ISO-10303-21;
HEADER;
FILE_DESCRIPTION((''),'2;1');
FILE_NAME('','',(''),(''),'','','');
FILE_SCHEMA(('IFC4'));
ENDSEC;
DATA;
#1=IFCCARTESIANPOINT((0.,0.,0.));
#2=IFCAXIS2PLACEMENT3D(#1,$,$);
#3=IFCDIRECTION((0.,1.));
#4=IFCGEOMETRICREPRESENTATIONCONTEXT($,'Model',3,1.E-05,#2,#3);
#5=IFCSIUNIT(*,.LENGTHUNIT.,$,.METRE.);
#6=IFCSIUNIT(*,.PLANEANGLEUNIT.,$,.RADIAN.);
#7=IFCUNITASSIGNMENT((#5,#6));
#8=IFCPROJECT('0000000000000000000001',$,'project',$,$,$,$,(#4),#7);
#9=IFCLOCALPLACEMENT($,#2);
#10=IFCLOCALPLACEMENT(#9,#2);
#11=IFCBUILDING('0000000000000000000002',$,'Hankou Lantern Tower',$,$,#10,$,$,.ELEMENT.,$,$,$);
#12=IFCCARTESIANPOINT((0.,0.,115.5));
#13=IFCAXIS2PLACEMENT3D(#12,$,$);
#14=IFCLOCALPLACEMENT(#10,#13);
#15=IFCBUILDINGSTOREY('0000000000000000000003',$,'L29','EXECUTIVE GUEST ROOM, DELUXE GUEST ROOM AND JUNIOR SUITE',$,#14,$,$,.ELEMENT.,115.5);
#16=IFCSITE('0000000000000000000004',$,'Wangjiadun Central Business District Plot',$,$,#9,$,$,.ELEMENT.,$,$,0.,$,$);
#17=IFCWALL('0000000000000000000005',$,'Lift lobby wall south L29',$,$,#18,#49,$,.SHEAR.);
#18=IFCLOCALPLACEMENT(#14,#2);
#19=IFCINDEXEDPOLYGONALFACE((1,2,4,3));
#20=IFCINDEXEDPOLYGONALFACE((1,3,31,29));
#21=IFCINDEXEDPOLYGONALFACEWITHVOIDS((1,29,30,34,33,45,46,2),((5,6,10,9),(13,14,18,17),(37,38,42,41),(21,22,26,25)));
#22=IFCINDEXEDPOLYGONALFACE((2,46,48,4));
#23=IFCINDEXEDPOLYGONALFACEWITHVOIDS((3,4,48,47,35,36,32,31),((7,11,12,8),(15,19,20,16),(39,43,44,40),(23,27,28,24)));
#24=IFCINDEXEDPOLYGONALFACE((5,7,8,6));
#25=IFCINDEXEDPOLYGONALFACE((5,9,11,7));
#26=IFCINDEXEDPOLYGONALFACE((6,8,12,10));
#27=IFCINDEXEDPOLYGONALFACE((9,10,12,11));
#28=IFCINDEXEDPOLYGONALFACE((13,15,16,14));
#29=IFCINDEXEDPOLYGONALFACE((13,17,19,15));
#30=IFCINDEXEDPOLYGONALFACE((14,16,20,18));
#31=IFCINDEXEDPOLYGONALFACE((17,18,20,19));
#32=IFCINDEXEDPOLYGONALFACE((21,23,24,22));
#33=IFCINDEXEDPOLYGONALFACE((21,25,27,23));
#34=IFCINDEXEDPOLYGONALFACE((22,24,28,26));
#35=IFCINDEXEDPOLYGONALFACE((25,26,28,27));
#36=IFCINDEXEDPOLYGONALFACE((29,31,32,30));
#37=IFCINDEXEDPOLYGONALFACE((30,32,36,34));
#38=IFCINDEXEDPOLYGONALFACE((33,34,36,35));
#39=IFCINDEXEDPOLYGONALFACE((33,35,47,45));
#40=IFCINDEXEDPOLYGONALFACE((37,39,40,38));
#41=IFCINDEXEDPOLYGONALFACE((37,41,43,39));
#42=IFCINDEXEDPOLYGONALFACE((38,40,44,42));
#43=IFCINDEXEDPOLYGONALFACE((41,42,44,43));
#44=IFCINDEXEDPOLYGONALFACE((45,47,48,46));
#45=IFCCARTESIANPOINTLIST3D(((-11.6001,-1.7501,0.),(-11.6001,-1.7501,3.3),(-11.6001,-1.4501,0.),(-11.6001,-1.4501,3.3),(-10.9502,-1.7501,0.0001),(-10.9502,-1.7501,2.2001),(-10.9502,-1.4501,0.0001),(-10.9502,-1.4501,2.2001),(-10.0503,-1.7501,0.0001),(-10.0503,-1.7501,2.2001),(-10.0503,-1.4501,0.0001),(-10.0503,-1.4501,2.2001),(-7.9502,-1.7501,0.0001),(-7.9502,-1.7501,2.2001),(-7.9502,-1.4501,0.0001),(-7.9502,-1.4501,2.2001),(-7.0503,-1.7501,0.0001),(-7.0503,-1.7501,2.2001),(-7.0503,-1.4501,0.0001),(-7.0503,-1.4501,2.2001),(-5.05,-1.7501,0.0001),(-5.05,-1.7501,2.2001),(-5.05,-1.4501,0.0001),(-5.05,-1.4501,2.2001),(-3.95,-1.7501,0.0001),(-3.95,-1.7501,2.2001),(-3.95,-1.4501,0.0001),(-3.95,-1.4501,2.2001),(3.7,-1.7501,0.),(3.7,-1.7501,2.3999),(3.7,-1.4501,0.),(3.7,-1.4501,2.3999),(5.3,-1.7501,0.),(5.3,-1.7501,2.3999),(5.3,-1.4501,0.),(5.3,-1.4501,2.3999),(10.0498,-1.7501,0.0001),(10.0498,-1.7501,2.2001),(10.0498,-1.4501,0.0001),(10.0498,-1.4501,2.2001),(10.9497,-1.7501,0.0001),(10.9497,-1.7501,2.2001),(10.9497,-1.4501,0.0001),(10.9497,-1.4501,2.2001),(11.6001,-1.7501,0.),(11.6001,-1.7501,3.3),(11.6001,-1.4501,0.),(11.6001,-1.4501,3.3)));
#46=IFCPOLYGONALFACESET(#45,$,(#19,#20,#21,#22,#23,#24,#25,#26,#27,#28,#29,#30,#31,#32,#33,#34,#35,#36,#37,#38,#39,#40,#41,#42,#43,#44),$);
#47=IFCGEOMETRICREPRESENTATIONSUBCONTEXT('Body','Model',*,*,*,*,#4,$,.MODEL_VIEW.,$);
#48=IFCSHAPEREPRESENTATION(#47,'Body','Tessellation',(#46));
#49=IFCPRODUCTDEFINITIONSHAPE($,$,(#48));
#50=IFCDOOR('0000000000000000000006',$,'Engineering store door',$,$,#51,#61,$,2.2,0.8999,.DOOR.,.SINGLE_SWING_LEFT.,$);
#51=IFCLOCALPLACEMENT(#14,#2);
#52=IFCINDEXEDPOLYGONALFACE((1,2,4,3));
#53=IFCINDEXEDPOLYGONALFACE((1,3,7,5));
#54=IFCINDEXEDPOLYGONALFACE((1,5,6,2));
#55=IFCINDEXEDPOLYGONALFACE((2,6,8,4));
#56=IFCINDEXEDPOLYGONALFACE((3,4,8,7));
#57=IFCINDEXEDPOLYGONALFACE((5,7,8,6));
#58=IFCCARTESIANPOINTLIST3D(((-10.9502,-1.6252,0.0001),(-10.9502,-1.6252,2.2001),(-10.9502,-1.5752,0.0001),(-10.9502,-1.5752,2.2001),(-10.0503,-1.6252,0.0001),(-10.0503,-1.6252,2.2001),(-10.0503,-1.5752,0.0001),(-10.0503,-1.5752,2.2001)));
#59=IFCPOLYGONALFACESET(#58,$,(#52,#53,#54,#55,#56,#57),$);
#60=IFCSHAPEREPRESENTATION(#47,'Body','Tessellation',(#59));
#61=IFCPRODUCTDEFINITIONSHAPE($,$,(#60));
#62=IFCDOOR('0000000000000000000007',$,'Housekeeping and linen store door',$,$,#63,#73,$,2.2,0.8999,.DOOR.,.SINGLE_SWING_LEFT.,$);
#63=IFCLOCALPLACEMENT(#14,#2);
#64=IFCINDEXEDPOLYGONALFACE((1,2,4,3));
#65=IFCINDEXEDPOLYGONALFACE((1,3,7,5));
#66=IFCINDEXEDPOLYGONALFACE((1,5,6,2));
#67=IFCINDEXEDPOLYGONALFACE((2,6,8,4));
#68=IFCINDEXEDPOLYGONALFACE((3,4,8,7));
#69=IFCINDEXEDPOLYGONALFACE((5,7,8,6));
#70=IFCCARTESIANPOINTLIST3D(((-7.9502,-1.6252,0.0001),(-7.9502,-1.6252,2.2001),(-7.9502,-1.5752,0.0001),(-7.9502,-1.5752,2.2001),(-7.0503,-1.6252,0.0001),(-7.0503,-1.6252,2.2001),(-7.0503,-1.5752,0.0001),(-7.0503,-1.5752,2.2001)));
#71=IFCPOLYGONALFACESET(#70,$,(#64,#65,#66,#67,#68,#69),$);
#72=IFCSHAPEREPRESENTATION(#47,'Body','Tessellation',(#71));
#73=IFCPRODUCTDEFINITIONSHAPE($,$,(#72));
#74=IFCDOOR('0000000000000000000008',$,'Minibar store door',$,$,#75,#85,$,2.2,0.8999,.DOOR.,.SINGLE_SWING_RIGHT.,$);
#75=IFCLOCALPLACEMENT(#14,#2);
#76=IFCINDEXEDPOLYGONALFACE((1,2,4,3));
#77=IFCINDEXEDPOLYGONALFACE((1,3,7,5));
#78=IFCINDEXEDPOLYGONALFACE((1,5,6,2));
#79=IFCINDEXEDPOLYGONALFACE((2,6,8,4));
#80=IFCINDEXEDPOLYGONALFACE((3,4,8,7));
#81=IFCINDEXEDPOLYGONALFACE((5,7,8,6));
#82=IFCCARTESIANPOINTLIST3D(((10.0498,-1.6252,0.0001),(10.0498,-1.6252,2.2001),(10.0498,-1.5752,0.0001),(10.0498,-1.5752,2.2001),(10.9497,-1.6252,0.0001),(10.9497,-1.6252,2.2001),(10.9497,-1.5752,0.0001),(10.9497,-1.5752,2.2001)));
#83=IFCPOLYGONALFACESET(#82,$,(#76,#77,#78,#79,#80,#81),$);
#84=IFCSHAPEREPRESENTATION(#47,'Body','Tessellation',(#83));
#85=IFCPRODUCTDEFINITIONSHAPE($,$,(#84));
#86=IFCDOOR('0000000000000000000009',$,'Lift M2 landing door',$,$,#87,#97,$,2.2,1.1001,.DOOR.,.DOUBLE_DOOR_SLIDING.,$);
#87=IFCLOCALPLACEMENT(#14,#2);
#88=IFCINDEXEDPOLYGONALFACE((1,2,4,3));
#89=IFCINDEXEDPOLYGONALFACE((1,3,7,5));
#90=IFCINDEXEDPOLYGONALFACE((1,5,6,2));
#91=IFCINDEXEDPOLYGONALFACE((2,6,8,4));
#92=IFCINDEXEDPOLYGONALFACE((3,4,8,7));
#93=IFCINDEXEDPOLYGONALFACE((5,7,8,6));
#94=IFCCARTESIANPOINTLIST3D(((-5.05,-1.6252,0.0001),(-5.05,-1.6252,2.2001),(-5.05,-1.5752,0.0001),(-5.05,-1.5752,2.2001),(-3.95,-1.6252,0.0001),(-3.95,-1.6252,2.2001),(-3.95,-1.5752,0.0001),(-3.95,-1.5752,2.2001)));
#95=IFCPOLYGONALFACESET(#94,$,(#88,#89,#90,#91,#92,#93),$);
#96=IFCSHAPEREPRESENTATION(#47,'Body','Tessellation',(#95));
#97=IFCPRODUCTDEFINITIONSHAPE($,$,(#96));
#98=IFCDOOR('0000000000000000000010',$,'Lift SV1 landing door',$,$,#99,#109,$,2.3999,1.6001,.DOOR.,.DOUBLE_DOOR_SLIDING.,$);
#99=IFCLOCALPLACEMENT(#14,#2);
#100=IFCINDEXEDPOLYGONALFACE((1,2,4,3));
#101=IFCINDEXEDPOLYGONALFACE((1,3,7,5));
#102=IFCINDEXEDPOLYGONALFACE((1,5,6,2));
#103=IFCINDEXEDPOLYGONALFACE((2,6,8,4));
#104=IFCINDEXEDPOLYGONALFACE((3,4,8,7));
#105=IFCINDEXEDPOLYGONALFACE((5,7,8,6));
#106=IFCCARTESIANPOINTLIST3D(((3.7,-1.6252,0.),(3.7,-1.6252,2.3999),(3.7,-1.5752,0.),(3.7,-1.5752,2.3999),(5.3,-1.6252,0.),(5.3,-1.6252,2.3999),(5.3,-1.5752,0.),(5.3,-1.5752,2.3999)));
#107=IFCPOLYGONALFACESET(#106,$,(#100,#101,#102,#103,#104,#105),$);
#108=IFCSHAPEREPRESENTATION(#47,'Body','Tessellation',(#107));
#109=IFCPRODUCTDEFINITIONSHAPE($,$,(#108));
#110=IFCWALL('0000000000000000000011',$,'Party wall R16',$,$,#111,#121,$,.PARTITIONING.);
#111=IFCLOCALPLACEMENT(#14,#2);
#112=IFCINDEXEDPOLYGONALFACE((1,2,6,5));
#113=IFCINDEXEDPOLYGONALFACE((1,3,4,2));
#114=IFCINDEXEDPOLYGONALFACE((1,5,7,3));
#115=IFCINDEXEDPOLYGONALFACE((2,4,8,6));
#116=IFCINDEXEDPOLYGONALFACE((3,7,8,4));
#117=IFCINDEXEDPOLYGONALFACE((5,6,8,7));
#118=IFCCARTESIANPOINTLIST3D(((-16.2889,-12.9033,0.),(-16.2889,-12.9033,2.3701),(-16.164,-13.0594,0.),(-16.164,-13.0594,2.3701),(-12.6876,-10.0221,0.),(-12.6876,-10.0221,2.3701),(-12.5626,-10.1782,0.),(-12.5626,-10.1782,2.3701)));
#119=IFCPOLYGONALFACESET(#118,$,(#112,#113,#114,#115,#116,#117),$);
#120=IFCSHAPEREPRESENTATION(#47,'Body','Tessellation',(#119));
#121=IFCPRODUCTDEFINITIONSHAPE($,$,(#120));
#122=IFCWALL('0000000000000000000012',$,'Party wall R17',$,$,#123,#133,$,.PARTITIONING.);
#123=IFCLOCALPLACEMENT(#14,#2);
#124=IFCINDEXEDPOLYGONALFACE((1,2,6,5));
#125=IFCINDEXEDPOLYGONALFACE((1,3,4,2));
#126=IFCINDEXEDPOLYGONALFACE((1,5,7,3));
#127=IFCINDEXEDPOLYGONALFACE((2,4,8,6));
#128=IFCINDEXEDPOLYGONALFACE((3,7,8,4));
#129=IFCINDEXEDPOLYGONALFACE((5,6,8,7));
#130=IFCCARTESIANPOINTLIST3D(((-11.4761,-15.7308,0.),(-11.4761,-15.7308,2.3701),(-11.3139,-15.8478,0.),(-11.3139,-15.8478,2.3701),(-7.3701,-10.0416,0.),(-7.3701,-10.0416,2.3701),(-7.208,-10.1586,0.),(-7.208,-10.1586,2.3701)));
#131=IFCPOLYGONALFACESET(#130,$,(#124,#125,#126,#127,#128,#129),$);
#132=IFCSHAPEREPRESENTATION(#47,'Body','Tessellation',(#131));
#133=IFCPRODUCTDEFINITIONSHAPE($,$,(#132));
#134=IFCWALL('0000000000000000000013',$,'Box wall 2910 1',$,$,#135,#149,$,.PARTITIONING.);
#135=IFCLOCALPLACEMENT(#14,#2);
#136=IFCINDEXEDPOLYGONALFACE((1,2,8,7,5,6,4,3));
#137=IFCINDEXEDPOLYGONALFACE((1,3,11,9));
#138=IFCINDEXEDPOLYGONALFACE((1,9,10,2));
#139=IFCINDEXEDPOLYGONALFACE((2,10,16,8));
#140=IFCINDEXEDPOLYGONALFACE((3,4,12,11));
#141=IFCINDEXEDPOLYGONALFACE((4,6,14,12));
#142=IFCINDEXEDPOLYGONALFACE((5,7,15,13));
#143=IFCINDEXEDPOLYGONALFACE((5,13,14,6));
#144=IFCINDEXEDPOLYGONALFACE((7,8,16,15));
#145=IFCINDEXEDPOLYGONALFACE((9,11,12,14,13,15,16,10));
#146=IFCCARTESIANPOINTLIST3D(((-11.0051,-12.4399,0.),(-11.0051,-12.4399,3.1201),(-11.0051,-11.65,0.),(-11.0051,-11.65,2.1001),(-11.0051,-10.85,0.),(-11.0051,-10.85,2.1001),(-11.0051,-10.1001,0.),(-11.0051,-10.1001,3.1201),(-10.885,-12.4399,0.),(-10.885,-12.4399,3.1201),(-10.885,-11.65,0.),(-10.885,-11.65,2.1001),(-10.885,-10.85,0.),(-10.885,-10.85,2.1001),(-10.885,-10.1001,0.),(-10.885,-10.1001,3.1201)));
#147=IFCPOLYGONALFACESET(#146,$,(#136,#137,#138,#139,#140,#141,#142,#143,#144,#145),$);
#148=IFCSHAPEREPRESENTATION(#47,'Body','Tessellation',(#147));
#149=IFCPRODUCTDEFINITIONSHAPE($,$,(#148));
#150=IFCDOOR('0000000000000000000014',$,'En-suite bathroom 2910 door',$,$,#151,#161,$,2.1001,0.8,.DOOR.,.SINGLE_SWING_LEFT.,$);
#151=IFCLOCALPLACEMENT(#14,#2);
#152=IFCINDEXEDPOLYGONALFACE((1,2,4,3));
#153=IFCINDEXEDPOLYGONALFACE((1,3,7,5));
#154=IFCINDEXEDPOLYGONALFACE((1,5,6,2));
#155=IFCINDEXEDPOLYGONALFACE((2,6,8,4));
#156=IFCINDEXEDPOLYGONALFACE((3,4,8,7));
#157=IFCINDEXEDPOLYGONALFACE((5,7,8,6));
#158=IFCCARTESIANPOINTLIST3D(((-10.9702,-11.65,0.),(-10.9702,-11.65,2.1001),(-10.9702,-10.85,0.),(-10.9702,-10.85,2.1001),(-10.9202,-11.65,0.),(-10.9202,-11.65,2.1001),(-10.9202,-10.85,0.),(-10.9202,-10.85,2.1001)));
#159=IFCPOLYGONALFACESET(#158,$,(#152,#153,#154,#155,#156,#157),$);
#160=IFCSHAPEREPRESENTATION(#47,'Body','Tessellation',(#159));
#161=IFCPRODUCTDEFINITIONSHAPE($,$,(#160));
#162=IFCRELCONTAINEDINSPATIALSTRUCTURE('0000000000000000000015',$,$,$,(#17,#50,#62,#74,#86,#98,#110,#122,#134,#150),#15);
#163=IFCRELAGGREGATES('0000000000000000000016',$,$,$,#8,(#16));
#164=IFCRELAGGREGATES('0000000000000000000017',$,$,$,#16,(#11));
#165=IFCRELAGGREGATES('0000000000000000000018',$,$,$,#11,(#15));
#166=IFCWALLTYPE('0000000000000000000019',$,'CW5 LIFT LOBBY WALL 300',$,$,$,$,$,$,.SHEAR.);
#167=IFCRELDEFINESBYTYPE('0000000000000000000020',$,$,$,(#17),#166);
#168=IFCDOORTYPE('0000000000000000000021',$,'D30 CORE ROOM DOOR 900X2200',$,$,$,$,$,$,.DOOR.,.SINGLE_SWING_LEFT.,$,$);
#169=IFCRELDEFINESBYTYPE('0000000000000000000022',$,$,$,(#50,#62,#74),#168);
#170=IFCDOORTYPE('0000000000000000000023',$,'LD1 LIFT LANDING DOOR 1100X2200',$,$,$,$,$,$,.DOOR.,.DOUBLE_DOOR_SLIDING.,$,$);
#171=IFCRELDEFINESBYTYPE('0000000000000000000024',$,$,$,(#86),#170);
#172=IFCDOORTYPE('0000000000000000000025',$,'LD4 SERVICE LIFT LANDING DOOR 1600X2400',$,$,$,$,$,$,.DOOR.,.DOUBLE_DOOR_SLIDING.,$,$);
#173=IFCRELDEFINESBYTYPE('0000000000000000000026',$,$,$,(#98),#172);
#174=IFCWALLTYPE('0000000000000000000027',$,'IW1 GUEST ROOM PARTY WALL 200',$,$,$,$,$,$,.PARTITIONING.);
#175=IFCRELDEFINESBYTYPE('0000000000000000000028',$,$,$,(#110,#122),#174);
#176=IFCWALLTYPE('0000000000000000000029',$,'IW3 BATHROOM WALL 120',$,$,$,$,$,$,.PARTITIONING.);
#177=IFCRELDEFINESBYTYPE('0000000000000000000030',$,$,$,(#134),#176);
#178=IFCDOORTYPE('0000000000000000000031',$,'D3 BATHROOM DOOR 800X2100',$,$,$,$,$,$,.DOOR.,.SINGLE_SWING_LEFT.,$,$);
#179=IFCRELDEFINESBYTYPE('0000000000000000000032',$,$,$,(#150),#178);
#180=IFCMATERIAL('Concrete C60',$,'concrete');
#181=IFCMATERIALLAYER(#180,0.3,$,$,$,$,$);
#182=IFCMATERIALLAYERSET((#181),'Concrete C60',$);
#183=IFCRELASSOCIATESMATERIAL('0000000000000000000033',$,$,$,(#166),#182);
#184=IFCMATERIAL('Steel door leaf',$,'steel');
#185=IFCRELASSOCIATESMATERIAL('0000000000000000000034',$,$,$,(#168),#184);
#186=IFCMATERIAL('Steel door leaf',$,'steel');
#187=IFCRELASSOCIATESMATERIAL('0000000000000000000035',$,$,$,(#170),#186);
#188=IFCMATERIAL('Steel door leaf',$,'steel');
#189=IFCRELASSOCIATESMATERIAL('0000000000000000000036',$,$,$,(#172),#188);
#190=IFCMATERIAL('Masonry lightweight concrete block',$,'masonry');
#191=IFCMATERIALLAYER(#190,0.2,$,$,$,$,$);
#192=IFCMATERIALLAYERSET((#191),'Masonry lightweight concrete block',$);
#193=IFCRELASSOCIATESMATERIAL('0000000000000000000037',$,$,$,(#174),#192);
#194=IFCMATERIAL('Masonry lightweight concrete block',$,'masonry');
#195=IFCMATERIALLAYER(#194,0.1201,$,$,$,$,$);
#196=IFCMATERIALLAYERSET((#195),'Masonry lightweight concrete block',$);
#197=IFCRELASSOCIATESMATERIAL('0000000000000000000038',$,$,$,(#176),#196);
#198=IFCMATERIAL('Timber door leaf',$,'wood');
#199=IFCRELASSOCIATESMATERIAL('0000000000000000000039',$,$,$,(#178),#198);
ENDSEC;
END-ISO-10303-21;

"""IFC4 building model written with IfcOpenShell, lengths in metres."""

from ifc_helpers import new_model, si_unit, direction, frame, frame_2d, origin, place, context, subcontext, project, spatial, rectangle, extrude, material, layer, layer_set, type_object, element, fill, save


model = new_model("IFC4")

# Units and contexts
model_context = context("Model", 3, precision=1e-05, world=origin(), true_north=direction((0.0, 1.0)))
body_context = subcontext(model_context, "Body", "Model", "MODEL_VIEW")
ifc_project = project(units=[si_unit("LENGTHUNIT", "METRE"), si_unit("PLANEANGLEUNIT", "RADIAN")], contexts=[model_context])

# Site, building, storey
site_placement = place(None, origin())
site = spatial("IfcSite", under=ifc_project, at=site_placement, Name="Wangjiadun Central Business District Plot", CompositionType="ELEMENT", RefElevation=0.0)
building_placement = place(site_placement, origin())
building = spatial("IfcBuilding", under=site, at=building_placement, Name="Hankou Lantern Tower", CompositionType="ELEMENT")
storey_placement = place(building_placement, frame((0.0, 0.0, 115.5)))
storey = spatial("IfcBuildingStorey", under=building, at=storey_placement, Name="L29", Description="EXECUTIVE GUEST ROOM, DELUXE GUEST ROOM AND JUNIOR SUITE", CompositionType="ELEMENT", Elevation=115.5)

# Wall, openings, doors
ifc_material_1 = material(Name="Concrete C60", Category="concrete")
ifc_layer_1 = layer(ifc_material_1, 0.3)
ifc_layer_set_1 = layer_set([ifc_layer_1], Name="Concrete C60")
wall_type_1 = type_object("IfcWallType", Name="CW5 LIFT LOBBY WALL 300", PredefinedType="SHEAR", material=ifc_layer_set_1)
wall_1_placement = place(storey_placement, frame((-11.6001, -1.6001, 0.0), z_axis=(0.0, 0.0, 1.0), x_axis=(1.0, 0.0, 0.0)))
wall_1 = element("IfcWall", 1, at=wall_1_placement, inside=storey, type_object=wall_type_1, Name="Lift lobby wall south L29", PredefinedType="SHEAR", context=body_context, shape_type="SweptSolid", body=[
    extrude(rectangle(XDim=23.2002, YDim=0.3, at=frame_2d((11.6001, 0.0))), origin(), (0.0, 0.0, 1.0), 3.3),
])
opening_1_placement = place(wall_1_placement, frame((6.55, 0.0, 0.0)))
opening_1 = element("IfcOpeningElement", 2, at=opening_1_placement, cuts=wall_1, PredefinedType="OPENING", context=body_context, shape_type="SweptSolid", body=[
    extrude(rectangle(XDim=1.1001, YDim=2.2, at=frame_2d((0.55, 1.1001))), frame((0.0, 0.1599, 0.0), z_axis=(0.0, -1.0, 0.0), x_axis=(1.0, 0.0, 0.0)), (0.0, 0.0, 1.0), 0.3201),
])
opening_2_placement = place(wall_1_placement, frame((15.3, 0.0, 0.0)))
opening_2 = element("IfcOpeningElement", 3, at=opening_2_placement, cuts=wall_1, PredefinedType="OPENING", context=body_context, shape_type="SweptSolid", body=[
    extrude(rectangle(XDim=1.6001, YDim=2.3999, at=frame_2d((0.8, 1.2))), frame((0.0, 0.1599, 0.0), z_axis=(0.0, -1.0, 0.0), x_axis=(1.0, 0.0, 0.0)), (0.0, 0.0, 1.0), 0.3201),
])
opening_3_placement = place(wall_1_placement, frame((0.6499, 0.0, 0.0)))
opening_3 = element("IfcOpeningElement", 4, at=opening_3_placement, cuts=wall_1, PredefinedType="OPENING", context=body_context, shape_type="SweptSolid", body=[
    extrude(rectangle(XDim=0.8999, YDim=2.2, at=frame_2d((0.45, 1.1001))), frame((0.0, 0.1599, 0.0), z_axis=(0.0, -1.0, 0.0), x_axis=(1.0, 0.0, 0.0)), (0.0, 0.0, 1.0), 0.3201),
])
opening_4_placement = place(wall_1_placement, frame((3.6499, 0.0, 0.0)))
opening_4 = element("IfcOpeningElement", 5, at=opening_4_placement, cuts=wall_1, PredefinedType="OPENING", context=body_context, shape_type="SweptSolid", body=[
    extrude(rectangle(XDim=0.8999, YDim=2.2, at=frame_2d((0.45, 1.1001))), frame((0.0, 0.1599, 0.0), z_axis=(0.0, -1.0, 0.0), x_axis=(1.0, 0.0, 0.0)), (0.0, 0.0, 1.0), 0.3201),
])
opening_5_placement = place(wall_1_placement, frame((21.6499, 0.0, 0.0)))
opening_5 = element("IfcOpeningElement", 6, at=opening_5_placement, cuts=wall_1, PredefinedType="OPENING", context=body_context, shape_type="SweptSolid", body=[
    extrude(rectangle(XDim=0.8999, YDim=2.2, at=frame_2d((0.45, 1.1001))), frame((0.0, 0.1599, 0.0), z_axis=(0.0, -1.0, 0.0), x_axis=(1.0, 0.0, 0.0)), (0.0, 0.0, 1.0), 0.3201),
])
ifc_material_2 = material(Name="Steel door leaf", Category="steel")
door_type_1 = type_object("IfcDoorType", Name="D30 CORE ROOM DOOR 900X2200", OperationType="SINGLE_SWING_LEFT", PredefinedType="DOOR", material=ifc_material_2)
door_1_placement = place(opening_3_placement, origin())
door_1 = element("IfcDoor", 7, at=door_1_placement, inside=storey, type_object=door_type_1, Name="Engineering store door", OperationType="SINGLE_SWING_LEFT", OverallHeight=2.2, OverallWidth=0.8999, PredefinedType="DOOR", context=body_context, shape_type="SweptSolid", body=[
    extrude(rectangle(XDim=0.8999, YDim=2.2, at=frame_2d((0.45, 1.1001))), frame((0.0, 0.0249, 0.0), z_axis=(0.0, -1.0, 0.0), x_axis=(1.0, 0.0, 0.0)), (0.0, 0.0, 1.0), 0.05),
])
fill(opening_3, door_1)
door_2_placement = place(opening_4_placement, origin())
door_2 = element("IfcDoor", 8, at=door_2_placement, inside=storey, type_object=door_type_1, Name="Housekeeping and linen store door", OperationType="SINGLE_SWING_LEFT", OverallHeight=2.2, OverallWidth=0.8999, PredefinedType="DOOR", context=body_context, shape_type="SweptSolid", body=[
    extrude(rectangle(XDim=0.8999, YDim=2.2, at=frame_2d((0.45, 1.1001))), frame((0.0, 0.0249, 0.0), z_axis=(0.0, -1.0, 0.0), x_axis=(1.0, 0.0, 0.0)), (0.0, 0.0, 1.0), 0.05),
])
fill(opening_4, door_2)
door_3_placement = place(opening_5_placement, origin())
door_3 = element("IfcDoor", 9, at=door_3_placement, inside=storey, type_object=door_type_1, Name="Minibar store door", OperationType="SINGLE_SWING_RIGHT", OverallHeight=2.2, OverallWidth=0.8999, PredefinedType="DOOR", context=body_context, shape_type="SweptSolid", body=[
    extrude(rectangle(XDim=0.8999, YDim=2.2, at=frame_2d((0.45, 1.1001))), frame((0.0, 0.0249, 0.0), z_axis=(0.0, -1.0, 0.0), x_axis=(1.0, 0.0, 0.0)), (0.0, 0.0, 1.0), 0.05),
])
fill(opening_5, door_3)
ifc_material_3 = material(Name="Steel door leaf", Category="steel")
door_type_2 = type_object("IfcDoorType", Name="LD1 LIFT LANDING DOOR 1100X2200", OperationType="DOUBLE_DOOR_SLIDING", PredefinedType="DOOR", material=ifc_material_3)
door_4_placement = place(opening_1_placement, origin())
door_4 = element("IfcDoor", 10, at=door_4_placement, inside=storey, type_object=door_type_2, Name="Lift M2 landing door", OperationType="DOUBLE_DOOR_SLIDING", OverallHeight=2.2, OverallWidth=1.1001, PredefinedType="DOOR", context=body_context, shape_type="SweptSolid", body=[
    extrude(rectangle(XDim=1.1001, YDim=2.2, at=frame_2d((0.55, 1.1001))), frame((0.0, 0.0249, 0.0), z_axis=(0.0, -1.0, 0.0), x_axis=(1.0, 0.0, 0.0)), (0.0, 0.0, 1.0), 0.05),
])
fill(opening_1, door_4)
ifc_material_4 = material(Name="Steel door leaf", Category="steel")
door_type_3 = type_object("IfcDoorType", Name="LD4 SERVICE LIFT LANDING DOOR 1600X2400", OperationType="DOUBLE_DOOR_SLIDING", PredefinedType="DOOR", material=ifc_material_4)
door_5_placement = place(opening_2_placement, origin())
door_5 = element("IfcDoor", 11, at=door_5_placement, inside=storey, type_object=door_type_3, Name="Lift SV1 landing door", OperationType="DOUBLE_DOOR_SLIDING", OverallHeight=2.3999, OverallWidth=1.6001, PredefinedType="DOOR", context=body_context, shape_type="SweptSolid", body=[
    extrude(rectangle(XDim=1.6001, YDim=2.3999, at=frame_2d((0.8, 1.2))), frame((0.0, 0.0249, 0.0), z_axis=(0.0, -1.0, 0.0), x_axis=(1.0, 0.0, 0.0)), (0.0, 0.0, 1.0), 0.05),
])
fill(opening_2, door_5)

# Walls
ifc_material_5 = material(Name="Masonry lightweight concrete block", Category="masonry")
ifc_layer_2 = layer(ifc_material_5, 0.2)
ifc_layer_set_2 = layer_set([ifc_layer_2], Name="Masonry lightweight concrete block")
wall_type_2 = type_object("IfcWallType", Name="IW1 GUEST ROOM PARTY WALL 200", PredefinedType="PARTITIONING", material=ifc_layer_set_2)
wall_2_placement = place(storey_placement, frame((-12.625, -10.1001, 0.0), z_axis=(0.0, 0.0, 1.0), x_axis=(-0.780864, -0.624702, 0.0)))
element("IfcWall", 12, at=wall_2_placement, inside=storey, type_object=wall_type_2, Name="Party wall R16", PredefinedType="PARTITIONING", context=body_context, shape_type="SweptSolid", body=[
    extrude(rectangle(XDim=4.6121, YDim=0.2, at=frame_2d((2.3062, 0.0))), origin(), (0.0, 0.0, 1.0), 2.3701),
])
wall_3_placement = place(storey_placement, frame((-7.2891, -10.1001, 0.0), z_axis=(0.0, 0.0, 1.0), x_axis=(-0.585217, -0.810876, 0.0)))
element("IfcWall", 13, at=wall_3_placement, inside=storey, type_object=wall_type_2, Name="Party wall R17", PredefinedType="PARTITIONING", context=body_context, shape_type="SweptSolid", body=[
    extrude(rectangle(XDim=7.0161, YDim=0.2, at=frame_2d((3.5081, 0.0))), origin(), (0.0, 0.0, 1.0), 2.3701),
])

# Wall, opening, door
ifc_material_6 = material(Name="Masonry lightweight concrete block", Category="masonry")
ifc_layer_3 = layer(ifc_material_6, 0.1201)
ifc_layer_set_3 = layer_set([ifc_layer_3], Name="Masonry lightweight concrete block")
wall_type_3 = type_object("IfcWallType", Name="IW3 BATHROOM WALL 120", PredefinedType="PARTITIONING", material=ifc_layer_set_3)
wall_4_placement = place(storey_placement, frame((-10.9451, -10.1001, 0.0), z_axis=(0.0, 0.0, 1.0), x_axis=(0.0, -1.0, 0.0)))
wall_4 = element("IfcWall", 14, at=wall_4_placement, inside=storey, type_object=wall_type_3, Name="Box wall 2910 1", PredefinedType="PARTITIONING", context=body_context, shape_type="SweptSolid", body=[
    extrude(rectangle(XDim=2.3398, YDim=0.1201, at=frame_2d((1.1699, 0.0))), origin(), (0.0, 0.0, 1.0), 3.1201),
])
opening_6_placement = place(wall_4_placement, frame((0.75, 0.0, 0.0)))
opening_6 = element("IfcOpeningElement", 15, at=opening_6_placement, cuts=wall_4, PredefinedType="OPENING", context=body_context, shape_type="SweptSolid", body=[
    extrude(rectangle(XDim=0.8, YDim=2.1001, at=frame_2d((0.3999, 1.05))), frame((0.0, 0.0701, 0.0), z_axis=(0.0, -1.0, 0.0), x_axis=(1.0, 0.0, 0.0)), (0.0, 0.0, 1.0), 0.1401),
])
ifc_material_7 = material(Name="Timber door leaf", Category="wood")
door_type_4 = type_object("IfcDoorType", Name="D3 BATHROOM DOOR 800X2100", OperationType="SINGLE_SWING_LEFT", PredefinedType="DOOR", material=ifc_material_7)
door_6_placement = place(opening_6_placement, origin())
door_6 = element("IfcDoor", 16, at=door_6_placement, inside=storey, type_object=door_type_4, Name="En-suite bathroom 2910 door", OperationType="SINGLE_SWING_LEFT", OverallHeight=2.1001, OverallWidth=0.8, PredefinedType="DOOR", context=body_context, shape_type="SweptSolid", body=[
    extrude(rectangle(XDim=0.8, YDim=2.1001, at=frame_2d((0.3999, 1.05))), frame((0.0, 0.0249, 0.0), z_axis=(0.0, -1.0, 0.0), x_axis=(1.0, 0.0, 0.0)), (0.0, 0.0, 1.0), 0.05),
])
fill(opening_6, door_6)

save(model, "model.ifc")
